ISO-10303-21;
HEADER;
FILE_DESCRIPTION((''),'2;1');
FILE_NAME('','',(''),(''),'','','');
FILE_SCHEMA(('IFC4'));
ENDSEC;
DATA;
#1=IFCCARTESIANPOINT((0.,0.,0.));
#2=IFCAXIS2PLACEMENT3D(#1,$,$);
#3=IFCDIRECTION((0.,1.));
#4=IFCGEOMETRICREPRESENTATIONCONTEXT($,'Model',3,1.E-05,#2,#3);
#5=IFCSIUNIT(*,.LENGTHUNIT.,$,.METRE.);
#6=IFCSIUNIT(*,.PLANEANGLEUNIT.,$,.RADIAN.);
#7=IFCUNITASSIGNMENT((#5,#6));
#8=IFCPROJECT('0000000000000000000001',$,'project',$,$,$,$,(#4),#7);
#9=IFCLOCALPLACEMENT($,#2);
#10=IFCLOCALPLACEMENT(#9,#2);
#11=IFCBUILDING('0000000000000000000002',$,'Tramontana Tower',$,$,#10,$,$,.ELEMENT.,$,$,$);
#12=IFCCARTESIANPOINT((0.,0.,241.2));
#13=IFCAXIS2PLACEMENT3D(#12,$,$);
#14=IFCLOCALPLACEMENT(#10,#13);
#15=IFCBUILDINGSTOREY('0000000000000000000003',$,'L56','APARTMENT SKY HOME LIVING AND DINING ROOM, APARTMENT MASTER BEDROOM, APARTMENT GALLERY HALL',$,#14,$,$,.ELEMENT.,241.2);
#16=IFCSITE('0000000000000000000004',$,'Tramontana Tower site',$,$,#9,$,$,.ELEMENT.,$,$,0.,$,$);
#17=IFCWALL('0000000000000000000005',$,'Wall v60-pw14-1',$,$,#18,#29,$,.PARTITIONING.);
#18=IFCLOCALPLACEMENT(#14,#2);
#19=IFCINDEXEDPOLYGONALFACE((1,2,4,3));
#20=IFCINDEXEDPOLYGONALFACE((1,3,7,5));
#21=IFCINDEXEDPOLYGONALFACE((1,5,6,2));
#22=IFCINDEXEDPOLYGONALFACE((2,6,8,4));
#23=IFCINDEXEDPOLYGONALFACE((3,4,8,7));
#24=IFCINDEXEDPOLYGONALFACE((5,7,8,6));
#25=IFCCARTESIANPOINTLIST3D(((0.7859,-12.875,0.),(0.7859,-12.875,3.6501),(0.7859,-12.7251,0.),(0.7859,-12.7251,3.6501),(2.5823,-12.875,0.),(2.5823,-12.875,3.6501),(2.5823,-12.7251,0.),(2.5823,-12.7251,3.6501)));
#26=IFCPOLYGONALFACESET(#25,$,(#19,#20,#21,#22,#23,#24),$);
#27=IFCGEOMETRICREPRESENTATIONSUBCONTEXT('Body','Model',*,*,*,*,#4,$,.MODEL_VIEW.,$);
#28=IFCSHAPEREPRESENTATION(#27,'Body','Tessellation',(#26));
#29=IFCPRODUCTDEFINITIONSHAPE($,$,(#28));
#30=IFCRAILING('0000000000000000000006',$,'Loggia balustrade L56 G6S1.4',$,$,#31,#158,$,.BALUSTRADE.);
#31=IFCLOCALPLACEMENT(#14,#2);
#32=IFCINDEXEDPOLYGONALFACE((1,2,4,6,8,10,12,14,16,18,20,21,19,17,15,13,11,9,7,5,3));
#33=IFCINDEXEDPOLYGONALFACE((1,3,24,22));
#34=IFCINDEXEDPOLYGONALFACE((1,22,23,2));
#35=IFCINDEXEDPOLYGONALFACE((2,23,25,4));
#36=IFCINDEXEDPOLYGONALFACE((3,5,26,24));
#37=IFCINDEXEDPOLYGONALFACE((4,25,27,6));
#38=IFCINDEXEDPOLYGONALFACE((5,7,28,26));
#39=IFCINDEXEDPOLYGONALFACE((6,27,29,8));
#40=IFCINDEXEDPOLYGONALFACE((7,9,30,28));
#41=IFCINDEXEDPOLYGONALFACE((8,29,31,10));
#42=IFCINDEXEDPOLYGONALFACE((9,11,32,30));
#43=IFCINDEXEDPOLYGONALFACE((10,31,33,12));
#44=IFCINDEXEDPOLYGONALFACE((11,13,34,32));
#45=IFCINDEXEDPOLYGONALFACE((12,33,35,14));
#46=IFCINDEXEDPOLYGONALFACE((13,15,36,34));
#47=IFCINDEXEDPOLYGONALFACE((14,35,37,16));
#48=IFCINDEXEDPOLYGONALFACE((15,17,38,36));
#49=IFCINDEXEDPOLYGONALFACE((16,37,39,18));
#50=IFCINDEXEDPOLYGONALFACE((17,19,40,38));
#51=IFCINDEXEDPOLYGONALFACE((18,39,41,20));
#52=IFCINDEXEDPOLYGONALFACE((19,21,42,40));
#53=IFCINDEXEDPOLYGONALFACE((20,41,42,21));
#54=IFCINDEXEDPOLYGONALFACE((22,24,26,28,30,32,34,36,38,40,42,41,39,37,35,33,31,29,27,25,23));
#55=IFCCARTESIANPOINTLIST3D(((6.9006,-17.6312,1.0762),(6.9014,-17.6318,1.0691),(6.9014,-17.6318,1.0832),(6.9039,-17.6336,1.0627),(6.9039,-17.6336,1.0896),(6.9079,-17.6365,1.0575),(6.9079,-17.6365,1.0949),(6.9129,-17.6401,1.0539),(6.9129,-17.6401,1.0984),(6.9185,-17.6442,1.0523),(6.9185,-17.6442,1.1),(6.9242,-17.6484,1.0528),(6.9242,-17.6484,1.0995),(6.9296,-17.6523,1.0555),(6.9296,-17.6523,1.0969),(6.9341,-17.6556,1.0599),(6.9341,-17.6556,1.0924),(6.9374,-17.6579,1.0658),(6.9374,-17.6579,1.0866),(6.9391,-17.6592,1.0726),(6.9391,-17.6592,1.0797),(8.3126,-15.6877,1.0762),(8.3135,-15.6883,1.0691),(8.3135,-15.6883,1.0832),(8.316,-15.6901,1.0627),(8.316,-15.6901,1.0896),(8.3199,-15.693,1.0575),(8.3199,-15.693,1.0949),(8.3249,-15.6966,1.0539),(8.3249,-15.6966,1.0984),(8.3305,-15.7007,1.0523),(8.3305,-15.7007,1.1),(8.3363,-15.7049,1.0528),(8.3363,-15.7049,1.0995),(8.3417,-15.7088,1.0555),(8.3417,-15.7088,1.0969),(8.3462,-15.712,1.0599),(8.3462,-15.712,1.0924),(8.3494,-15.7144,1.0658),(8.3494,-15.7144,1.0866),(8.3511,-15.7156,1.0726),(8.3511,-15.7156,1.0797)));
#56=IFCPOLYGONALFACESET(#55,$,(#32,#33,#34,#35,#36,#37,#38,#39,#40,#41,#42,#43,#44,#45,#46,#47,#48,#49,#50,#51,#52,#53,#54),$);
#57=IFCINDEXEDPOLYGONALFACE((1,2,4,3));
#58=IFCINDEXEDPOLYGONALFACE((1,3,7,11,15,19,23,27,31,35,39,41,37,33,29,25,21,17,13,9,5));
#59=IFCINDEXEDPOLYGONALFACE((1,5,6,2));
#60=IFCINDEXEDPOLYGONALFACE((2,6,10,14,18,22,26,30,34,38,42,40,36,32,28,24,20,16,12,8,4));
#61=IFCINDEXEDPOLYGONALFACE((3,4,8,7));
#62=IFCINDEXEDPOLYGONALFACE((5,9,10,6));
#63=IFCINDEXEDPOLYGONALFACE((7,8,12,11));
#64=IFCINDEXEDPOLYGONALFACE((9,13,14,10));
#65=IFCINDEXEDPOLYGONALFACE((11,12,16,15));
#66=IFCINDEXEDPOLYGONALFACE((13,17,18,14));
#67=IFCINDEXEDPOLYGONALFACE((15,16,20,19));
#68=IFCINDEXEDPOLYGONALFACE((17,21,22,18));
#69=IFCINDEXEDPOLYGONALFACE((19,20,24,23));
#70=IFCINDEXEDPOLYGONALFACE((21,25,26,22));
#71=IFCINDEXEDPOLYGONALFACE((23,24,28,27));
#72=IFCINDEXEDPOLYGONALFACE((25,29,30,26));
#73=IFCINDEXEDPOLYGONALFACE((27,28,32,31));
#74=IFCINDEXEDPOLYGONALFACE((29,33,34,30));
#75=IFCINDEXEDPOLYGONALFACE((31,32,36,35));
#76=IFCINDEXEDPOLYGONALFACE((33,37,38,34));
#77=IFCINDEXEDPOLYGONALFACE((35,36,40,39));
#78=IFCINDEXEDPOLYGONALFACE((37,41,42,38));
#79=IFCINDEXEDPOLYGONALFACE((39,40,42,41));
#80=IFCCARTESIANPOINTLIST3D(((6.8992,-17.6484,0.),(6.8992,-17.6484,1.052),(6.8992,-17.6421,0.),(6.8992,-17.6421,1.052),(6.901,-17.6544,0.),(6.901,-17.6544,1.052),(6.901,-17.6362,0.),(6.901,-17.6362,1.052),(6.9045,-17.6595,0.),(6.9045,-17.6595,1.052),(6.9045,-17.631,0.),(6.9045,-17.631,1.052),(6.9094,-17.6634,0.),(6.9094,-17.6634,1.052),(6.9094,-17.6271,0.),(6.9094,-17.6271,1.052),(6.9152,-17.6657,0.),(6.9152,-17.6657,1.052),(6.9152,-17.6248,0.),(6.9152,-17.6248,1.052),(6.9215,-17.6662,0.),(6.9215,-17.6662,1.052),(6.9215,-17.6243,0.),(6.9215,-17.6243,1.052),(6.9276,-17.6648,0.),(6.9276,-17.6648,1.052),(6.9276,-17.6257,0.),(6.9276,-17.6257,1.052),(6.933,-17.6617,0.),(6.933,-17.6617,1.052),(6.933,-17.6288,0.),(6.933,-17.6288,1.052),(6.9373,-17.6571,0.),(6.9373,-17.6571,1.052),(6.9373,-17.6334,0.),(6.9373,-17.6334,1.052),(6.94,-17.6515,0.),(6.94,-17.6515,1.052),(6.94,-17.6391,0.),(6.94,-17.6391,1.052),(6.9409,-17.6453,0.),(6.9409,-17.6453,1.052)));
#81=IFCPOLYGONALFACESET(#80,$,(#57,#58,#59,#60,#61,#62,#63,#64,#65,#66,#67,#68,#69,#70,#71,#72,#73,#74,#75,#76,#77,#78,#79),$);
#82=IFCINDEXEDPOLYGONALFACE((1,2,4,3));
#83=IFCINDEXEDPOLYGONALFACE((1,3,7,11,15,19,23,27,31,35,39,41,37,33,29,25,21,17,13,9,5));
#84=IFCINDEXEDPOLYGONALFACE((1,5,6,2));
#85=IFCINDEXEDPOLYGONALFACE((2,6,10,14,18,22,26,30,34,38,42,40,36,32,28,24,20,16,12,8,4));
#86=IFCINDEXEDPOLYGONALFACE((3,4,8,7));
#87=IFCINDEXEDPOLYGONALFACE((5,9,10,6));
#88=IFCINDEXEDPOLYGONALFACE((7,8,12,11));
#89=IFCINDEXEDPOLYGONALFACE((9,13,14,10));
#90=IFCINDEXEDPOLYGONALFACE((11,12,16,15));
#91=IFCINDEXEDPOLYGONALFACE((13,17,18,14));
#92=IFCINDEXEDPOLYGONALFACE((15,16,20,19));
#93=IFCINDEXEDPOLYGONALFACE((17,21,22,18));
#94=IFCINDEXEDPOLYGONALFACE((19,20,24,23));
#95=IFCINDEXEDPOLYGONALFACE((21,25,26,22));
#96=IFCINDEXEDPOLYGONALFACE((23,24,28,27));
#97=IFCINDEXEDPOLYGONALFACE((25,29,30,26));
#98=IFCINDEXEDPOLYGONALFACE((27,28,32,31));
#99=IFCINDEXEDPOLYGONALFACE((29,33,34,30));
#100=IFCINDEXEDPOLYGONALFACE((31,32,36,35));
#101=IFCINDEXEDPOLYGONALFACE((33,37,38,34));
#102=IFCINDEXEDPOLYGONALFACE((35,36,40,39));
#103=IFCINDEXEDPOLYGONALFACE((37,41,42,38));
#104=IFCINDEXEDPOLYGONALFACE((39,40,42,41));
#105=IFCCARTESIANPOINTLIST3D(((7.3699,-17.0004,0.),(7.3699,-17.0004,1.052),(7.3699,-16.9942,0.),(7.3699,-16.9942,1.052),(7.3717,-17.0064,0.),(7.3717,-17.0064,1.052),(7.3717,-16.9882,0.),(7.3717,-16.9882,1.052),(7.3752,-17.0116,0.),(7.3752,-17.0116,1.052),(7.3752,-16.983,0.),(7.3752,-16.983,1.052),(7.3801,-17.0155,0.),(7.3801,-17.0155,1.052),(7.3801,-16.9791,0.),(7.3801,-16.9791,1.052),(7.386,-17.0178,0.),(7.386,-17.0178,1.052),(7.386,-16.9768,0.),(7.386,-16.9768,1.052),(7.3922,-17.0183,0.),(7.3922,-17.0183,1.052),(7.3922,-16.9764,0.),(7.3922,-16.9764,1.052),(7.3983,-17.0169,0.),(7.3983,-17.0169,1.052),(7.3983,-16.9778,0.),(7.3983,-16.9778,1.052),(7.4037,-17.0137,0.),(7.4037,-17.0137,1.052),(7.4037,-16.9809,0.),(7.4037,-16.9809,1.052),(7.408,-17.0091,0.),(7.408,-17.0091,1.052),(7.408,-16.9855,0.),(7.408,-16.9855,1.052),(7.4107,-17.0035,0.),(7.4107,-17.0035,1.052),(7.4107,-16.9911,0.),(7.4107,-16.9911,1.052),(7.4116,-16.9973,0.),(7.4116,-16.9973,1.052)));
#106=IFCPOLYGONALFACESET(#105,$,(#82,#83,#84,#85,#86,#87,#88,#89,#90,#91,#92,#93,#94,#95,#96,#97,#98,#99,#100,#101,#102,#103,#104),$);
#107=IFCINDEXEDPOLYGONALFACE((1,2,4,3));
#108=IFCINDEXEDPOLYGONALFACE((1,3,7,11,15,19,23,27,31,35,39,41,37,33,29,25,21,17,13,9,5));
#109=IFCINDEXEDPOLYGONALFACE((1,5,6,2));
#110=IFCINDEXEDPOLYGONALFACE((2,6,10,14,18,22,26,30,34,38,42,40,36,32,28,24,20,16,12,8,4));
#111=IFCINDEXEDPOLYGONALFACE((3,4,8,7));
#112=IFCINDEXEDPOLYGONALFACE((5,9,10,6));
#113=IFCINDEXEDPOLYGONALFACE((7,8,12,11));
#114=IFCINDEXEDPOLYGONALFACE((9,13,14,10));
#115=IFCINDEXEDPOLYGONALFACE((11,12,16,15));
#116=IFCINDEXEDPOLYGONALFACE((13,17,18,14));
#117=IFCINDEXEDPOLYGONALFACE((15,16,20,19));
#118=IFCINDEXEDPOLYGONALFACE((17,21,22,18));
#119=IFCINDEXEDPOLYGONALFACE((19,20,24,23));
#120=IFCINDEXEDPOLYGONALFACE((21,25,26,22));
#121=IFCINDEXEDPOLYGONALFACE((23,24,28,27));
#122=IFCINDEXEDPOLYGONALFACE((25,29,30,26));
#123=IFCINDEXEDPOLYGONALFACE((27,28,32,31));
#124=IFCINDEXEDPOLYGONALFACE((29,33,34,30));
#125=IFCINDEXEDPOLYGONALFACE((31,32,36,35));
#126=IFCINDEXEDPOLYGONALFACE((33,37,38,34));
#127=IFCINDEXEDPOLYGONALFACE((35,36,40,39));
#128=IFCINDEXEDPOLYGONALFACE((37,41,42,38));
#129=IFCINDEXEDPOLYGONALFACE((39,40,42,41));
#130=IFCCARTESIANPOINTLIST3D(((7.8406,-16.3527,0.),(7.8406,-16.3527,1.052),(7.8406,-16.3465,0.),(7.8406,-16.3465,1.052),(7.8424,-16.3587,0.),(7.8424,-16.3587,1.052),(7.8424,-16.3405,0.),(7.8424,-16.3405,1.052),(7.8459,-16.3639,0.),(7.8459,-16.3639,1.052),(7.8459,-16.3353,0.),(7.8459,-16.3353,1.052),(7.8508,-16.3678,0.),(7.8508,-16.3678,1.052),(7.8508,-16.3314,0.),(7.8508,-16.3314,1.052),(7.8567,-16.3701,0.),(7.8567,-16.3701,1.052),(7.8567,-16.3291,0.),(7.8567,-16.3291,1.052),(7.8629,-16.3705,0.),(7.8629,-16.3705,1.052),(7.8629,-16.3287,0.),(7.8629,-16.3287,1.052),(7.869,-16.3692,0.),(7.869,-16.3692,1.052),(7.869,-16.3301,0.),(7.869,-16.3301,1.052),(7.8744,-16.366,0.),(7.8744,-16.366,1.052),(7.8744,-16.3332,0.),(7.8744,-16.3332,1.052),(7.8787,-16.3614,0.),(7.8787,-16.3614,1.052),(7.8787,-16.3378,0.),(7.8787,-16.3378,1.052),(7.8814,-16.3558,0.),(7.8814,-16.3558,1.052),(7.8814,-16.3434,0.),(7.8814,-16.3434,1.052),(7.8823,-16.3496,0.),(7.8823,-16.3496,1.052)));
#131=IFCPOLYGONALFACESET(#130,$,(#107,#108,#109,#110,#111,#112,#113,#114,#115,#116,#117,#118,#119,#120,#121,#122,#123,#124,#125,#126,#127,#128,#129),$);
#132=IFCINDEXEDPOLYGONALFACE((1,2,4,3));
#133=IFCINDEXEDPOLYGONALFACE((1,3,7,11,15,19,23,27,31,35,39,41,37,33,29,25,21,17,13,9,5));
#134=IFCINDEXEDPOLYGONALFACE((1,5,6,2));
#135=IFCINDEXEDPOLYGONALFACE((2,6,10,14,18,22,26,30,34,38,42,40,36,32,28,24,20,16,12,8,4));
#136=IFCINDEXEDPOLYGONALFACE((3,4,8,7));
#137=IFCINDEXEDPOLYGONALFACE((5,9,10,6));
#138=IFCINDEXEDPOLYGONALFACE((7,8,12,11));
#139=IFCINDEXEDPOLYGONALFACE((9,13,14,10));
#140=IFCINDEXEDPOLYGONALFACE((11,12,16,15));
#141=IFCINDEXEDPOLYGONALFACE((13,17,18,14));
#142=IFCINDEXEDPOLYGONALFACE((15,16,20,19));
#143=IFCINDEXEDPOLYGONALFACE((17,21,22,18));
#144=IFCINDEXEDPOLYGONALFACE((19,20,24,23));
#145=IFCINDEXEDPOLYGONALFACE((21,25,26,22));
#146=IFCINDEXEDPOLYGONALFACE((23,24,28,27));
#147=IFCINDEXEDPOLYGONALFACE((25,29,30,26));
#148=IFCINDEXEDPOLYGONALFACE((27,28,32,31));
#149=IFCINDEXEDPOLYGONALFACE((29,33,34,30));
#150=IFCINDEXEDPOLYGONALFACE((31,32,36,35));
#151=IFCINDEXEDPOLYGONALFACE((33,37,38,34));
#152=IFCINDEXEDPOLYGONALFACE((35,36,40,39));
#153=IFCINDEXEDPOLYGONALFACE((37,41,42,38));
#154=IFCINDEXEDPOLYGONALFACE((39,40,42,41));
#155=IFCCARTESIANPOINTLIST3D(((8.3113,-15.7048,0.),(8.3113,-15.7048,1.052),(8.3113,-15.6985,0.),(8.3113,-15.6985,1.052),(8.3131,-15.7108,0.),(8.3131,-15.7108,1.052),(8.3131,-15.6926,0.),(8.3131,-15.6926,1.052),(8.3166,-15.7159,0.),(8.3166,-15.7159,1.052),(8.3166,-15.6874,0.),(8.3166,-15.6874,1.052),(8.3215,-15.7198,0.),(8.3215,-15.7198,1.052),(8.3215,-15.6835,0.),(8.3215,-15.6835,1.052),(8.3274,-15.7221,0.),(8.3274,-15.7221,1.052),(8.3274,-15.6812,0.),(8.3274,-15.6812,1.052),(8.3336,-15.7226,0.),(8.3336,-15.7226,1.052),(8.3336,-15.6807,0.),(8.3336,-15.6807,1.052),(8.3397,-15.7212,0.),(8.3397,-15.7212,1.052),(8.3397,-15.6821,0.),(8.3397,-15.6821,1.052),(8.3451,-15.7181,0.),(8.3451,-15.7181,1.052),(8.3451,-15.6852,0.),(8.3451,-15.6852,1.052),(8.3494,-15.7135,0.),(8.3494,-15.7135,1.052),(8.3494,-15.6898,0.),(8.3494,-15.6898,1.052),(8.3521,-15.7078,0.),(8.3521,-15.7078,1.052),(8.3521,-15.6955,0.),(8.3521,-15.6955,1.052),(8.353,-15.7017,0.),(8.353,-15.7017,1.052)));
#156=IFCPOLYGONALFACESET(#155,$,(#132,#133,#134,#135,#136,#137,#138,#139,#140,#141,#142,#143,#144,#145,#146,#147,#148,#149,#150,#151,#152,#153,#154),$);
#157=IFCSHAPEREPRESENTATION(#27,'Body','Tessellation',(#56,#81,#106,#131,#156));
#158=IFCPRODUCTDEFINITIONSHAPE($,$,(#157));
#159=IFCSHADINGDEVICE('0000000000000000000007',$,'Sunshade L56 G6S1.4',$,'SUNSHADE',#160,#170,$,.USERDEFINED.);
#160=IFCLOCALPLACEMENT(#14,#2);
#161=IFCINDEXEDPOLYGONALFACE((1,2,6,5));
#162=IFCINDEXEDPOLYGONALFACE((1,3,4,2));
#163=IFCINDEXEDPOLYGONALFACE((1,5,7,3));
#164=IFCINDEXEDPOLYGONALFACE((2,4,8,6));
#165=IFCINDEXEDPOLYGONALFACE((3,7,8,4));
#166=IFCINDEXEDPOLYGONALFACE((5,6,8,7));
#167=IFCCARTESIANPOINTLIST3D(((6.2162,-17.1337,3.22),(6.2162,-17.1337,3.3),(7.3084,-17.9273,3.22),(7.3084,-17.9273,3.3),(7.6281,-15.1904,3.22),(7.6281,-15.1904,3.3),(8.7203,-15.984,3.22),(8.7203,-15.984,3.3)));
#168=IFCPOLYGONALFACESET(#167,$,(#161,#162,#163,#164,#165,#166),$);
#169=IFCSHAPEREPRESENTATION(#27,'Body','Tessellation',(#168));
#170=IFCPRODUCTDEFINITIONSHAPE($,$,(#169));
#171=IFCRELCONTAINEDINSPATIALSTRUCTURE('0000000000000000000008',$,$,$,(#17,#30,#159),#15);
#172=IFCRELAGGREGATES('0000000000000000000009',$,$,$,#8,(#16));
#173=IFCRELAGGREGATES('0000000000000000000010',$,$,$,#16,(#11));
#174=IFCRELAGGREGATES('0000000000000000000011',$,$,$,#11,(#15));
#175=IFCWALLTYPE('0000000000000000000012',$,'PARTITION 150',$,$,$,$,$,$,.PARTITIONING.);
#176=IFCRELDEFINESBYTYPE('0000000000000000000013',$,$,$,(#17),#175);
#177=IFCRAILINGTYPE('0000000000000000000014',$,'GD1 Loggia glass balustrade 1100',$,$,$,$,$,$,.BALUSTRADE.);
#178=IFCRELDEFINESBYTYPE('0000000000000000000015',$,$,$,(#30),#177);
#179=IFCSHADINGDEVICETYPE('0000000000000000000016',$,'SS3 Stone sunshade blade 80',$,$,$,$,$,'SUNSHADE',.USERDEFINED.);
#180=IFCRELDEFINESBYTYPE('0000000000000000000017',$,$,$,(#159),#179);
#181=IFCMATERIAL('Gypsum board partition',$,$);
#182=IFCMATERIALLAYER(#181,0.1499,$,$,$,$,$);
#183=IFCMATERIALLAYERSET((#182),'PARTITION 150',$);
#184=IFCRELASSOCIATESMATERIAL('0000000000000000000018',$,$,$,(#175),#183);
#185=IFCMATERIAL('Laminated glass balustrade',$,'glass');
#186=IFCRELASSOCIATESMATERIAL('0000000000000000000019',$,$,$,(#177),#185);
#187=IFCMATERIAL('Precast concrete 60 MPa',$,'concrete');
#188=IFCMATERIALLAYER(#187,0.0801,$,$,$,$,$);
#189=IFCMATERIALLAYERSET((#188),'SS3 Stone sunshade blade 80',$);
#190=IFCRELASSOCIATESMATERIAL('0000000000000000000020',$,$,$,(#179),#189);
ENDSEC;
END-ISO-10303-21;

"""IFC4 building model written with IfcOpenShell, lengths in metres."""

from ifc_helpers import new_model, si_unit, direction, frame, frame_2d, origin, origin_2d, place, context, subcontext, project, spatial, rectangle, circle, extrude, material, layer, layer_set, type_object, element, save


model = new_model("IFC4")

# Units and contexts
model_context = context("Model", 3, precision=1e-05, world=origin(), true_north=direction((0.0, 1.0)))
body_context = subcontext(model_context, "Body", "Model", "MODEL_VIEW")
ifc_project = project(units=[si_unit("LENGTHUNIT", "METRE"), si_unit("PLANEANGLEUNIT", "RADIAN")], contexts=[model_context])

# Site, building, storey
site_placement = place(None, origin())
site = spatial("IfcSite", under=ifc_project, at=site_placement, Name="Tramontana Tower site", CompositionType="ELEMENT", RefElevation=0.0)
building_placement = place(site_placement, origin())
building = spatial("IfcBuilding", under=site, at=building_placement, Name="Tramontana Tower", CompositionType="ELEMENT")
storey_placement = place(building_placement, frame((0.0, 0.0, 241.2)))
storey = spatial("IfcBuildingStorey", under=building, at=storey_placement, Name="L56", Description="APARTMENT SKY HOME LIVING AND DINING ROOM, APARTMENT MASTER BEDROOM, APARTMENT GALLERY HALL", CompositionType="ELEMENT", Elevation=241.2)

# Wall
ifc_material_1 = material(Name="Gypsum board partition")
ifc_layer_1 = layer(ifc_material_1, 0.1499)
ifc_layer_set_1 = layer_set([ifc_layer_1], Name="PARTITION 150")
wall_type_1 = type_object("IfcWallType", Name="PARTITION 150", PredefinedType="PARTITIONING", material=ifc_layer_set_1)
wall_1_placement = place(storey_placement, frame((2.5823, -12.8, 0.0), z_axis=(0.0, 0.0, 1.0), x_axis=(-1.0, 0.0, 0.0)))
element("IfcWall", 1, at=wall_1_placement, inside=storey, type_object=wall_type_1, Name="Wall v60-pw14-1", PredefinedType="PARTITIONING", context=body_context, shape_type="SweptSolid", body=[
    extrude(rectangle(XDim=1.7964, YDim=0.1499, at=frame_2d((0.8982, 0.0))), origin(), (0.0, 0.0, 1.0), 3.6501),
])

# Railing
ifc_material_2 = material(Name="Laminated glass balustrade", Category="glass")
railing_type = type_object("IfcRailingType", Name="GD1 Loggia glass balustrade 1100", PredefinedType="BALUSTRADE", material=ifc_material_2)
railing_placement = place(storey_placement, frame((6.9199, -17.6453, 0.0)))
element("IfcRailing", 2, at=railing_placement, inside=storey, type_object=railing_type, Name="Loggia balustrade L56 G6S1.4", PredefinedType="BALUSTRADE", context=body_context, shape_type="SweptSolid", body=[
    extrude(circle(Radius=0.0239, at=origin_2d()), frame((0.0, 0.0, 1.0762), z_axis=(0.587785, 0.809017, 0.0), x_axis=(-0.809017, 0.587785, 0.0)), (0.0, 0.0, 1.0), 2.4023),
    extrude(circle(Radius=0.021, at=origin_2d()), origin(), (0.0, 0.0, 1.0), 1.052),
    extrude(circle(Radius=0.021, at=origin_2d()), frame((0.4707, 0.6479, 0.0)), (0.0, 0.0, 1.0), 1.052),
    extrude(circle(Radius=0.021, at=origin_2d()), frame((0.9414, 1.2957, 0.0)), (0.0, 0.0, 1.0), 1.052),
    extrude(circle(Radius=0.021, at=origin_2d()), frame((1.4121, 1.9436, 0.0)), (0.0, 0.0, 1.0), 1.052),
])

# Shading device
ifc_material_3 = material(Name="Precast concrete 60 MPa", Category="concrete")
ifc_layer_2 = layer(ifc_material_3, 0.0801)
ifc_layer_set_2 = layer_set([ifc_layer_2], Name="SS3 Stone sunshade blade 80")
shading_device_type = type_object("IfcShadingDeviceType", Name="SS3 Stone sunshade blade 80", ElementType="SUNSHADE", PredefinedType="USERDEFINED", material=ifc_layer_set_2)
shading_device_placement = place(storey_placement, frame((7.4683, -16.5588, 3.22), z_axis=(0.0, 0.0, 1.0), x_axis=(0.587785, 0.809017, 0.0)))
element("IfcShadingDevice", 3, at=shading_device_placement, inside=storey, type_object=shading_device_type, Name="Sunshade L56 G6S1.4", ObjectType="SUNSHADE", PredefinedType="USERDEFINED", context=body_context, shape_type="SweptSolid", body=[
    extrude(rectangle(XDim=2.4021, YDim=1.3501, at=origin_2d()), origin(), (0.0, 0.0, 1.0), 0.0801),
])

save(model, "model.ifc")
